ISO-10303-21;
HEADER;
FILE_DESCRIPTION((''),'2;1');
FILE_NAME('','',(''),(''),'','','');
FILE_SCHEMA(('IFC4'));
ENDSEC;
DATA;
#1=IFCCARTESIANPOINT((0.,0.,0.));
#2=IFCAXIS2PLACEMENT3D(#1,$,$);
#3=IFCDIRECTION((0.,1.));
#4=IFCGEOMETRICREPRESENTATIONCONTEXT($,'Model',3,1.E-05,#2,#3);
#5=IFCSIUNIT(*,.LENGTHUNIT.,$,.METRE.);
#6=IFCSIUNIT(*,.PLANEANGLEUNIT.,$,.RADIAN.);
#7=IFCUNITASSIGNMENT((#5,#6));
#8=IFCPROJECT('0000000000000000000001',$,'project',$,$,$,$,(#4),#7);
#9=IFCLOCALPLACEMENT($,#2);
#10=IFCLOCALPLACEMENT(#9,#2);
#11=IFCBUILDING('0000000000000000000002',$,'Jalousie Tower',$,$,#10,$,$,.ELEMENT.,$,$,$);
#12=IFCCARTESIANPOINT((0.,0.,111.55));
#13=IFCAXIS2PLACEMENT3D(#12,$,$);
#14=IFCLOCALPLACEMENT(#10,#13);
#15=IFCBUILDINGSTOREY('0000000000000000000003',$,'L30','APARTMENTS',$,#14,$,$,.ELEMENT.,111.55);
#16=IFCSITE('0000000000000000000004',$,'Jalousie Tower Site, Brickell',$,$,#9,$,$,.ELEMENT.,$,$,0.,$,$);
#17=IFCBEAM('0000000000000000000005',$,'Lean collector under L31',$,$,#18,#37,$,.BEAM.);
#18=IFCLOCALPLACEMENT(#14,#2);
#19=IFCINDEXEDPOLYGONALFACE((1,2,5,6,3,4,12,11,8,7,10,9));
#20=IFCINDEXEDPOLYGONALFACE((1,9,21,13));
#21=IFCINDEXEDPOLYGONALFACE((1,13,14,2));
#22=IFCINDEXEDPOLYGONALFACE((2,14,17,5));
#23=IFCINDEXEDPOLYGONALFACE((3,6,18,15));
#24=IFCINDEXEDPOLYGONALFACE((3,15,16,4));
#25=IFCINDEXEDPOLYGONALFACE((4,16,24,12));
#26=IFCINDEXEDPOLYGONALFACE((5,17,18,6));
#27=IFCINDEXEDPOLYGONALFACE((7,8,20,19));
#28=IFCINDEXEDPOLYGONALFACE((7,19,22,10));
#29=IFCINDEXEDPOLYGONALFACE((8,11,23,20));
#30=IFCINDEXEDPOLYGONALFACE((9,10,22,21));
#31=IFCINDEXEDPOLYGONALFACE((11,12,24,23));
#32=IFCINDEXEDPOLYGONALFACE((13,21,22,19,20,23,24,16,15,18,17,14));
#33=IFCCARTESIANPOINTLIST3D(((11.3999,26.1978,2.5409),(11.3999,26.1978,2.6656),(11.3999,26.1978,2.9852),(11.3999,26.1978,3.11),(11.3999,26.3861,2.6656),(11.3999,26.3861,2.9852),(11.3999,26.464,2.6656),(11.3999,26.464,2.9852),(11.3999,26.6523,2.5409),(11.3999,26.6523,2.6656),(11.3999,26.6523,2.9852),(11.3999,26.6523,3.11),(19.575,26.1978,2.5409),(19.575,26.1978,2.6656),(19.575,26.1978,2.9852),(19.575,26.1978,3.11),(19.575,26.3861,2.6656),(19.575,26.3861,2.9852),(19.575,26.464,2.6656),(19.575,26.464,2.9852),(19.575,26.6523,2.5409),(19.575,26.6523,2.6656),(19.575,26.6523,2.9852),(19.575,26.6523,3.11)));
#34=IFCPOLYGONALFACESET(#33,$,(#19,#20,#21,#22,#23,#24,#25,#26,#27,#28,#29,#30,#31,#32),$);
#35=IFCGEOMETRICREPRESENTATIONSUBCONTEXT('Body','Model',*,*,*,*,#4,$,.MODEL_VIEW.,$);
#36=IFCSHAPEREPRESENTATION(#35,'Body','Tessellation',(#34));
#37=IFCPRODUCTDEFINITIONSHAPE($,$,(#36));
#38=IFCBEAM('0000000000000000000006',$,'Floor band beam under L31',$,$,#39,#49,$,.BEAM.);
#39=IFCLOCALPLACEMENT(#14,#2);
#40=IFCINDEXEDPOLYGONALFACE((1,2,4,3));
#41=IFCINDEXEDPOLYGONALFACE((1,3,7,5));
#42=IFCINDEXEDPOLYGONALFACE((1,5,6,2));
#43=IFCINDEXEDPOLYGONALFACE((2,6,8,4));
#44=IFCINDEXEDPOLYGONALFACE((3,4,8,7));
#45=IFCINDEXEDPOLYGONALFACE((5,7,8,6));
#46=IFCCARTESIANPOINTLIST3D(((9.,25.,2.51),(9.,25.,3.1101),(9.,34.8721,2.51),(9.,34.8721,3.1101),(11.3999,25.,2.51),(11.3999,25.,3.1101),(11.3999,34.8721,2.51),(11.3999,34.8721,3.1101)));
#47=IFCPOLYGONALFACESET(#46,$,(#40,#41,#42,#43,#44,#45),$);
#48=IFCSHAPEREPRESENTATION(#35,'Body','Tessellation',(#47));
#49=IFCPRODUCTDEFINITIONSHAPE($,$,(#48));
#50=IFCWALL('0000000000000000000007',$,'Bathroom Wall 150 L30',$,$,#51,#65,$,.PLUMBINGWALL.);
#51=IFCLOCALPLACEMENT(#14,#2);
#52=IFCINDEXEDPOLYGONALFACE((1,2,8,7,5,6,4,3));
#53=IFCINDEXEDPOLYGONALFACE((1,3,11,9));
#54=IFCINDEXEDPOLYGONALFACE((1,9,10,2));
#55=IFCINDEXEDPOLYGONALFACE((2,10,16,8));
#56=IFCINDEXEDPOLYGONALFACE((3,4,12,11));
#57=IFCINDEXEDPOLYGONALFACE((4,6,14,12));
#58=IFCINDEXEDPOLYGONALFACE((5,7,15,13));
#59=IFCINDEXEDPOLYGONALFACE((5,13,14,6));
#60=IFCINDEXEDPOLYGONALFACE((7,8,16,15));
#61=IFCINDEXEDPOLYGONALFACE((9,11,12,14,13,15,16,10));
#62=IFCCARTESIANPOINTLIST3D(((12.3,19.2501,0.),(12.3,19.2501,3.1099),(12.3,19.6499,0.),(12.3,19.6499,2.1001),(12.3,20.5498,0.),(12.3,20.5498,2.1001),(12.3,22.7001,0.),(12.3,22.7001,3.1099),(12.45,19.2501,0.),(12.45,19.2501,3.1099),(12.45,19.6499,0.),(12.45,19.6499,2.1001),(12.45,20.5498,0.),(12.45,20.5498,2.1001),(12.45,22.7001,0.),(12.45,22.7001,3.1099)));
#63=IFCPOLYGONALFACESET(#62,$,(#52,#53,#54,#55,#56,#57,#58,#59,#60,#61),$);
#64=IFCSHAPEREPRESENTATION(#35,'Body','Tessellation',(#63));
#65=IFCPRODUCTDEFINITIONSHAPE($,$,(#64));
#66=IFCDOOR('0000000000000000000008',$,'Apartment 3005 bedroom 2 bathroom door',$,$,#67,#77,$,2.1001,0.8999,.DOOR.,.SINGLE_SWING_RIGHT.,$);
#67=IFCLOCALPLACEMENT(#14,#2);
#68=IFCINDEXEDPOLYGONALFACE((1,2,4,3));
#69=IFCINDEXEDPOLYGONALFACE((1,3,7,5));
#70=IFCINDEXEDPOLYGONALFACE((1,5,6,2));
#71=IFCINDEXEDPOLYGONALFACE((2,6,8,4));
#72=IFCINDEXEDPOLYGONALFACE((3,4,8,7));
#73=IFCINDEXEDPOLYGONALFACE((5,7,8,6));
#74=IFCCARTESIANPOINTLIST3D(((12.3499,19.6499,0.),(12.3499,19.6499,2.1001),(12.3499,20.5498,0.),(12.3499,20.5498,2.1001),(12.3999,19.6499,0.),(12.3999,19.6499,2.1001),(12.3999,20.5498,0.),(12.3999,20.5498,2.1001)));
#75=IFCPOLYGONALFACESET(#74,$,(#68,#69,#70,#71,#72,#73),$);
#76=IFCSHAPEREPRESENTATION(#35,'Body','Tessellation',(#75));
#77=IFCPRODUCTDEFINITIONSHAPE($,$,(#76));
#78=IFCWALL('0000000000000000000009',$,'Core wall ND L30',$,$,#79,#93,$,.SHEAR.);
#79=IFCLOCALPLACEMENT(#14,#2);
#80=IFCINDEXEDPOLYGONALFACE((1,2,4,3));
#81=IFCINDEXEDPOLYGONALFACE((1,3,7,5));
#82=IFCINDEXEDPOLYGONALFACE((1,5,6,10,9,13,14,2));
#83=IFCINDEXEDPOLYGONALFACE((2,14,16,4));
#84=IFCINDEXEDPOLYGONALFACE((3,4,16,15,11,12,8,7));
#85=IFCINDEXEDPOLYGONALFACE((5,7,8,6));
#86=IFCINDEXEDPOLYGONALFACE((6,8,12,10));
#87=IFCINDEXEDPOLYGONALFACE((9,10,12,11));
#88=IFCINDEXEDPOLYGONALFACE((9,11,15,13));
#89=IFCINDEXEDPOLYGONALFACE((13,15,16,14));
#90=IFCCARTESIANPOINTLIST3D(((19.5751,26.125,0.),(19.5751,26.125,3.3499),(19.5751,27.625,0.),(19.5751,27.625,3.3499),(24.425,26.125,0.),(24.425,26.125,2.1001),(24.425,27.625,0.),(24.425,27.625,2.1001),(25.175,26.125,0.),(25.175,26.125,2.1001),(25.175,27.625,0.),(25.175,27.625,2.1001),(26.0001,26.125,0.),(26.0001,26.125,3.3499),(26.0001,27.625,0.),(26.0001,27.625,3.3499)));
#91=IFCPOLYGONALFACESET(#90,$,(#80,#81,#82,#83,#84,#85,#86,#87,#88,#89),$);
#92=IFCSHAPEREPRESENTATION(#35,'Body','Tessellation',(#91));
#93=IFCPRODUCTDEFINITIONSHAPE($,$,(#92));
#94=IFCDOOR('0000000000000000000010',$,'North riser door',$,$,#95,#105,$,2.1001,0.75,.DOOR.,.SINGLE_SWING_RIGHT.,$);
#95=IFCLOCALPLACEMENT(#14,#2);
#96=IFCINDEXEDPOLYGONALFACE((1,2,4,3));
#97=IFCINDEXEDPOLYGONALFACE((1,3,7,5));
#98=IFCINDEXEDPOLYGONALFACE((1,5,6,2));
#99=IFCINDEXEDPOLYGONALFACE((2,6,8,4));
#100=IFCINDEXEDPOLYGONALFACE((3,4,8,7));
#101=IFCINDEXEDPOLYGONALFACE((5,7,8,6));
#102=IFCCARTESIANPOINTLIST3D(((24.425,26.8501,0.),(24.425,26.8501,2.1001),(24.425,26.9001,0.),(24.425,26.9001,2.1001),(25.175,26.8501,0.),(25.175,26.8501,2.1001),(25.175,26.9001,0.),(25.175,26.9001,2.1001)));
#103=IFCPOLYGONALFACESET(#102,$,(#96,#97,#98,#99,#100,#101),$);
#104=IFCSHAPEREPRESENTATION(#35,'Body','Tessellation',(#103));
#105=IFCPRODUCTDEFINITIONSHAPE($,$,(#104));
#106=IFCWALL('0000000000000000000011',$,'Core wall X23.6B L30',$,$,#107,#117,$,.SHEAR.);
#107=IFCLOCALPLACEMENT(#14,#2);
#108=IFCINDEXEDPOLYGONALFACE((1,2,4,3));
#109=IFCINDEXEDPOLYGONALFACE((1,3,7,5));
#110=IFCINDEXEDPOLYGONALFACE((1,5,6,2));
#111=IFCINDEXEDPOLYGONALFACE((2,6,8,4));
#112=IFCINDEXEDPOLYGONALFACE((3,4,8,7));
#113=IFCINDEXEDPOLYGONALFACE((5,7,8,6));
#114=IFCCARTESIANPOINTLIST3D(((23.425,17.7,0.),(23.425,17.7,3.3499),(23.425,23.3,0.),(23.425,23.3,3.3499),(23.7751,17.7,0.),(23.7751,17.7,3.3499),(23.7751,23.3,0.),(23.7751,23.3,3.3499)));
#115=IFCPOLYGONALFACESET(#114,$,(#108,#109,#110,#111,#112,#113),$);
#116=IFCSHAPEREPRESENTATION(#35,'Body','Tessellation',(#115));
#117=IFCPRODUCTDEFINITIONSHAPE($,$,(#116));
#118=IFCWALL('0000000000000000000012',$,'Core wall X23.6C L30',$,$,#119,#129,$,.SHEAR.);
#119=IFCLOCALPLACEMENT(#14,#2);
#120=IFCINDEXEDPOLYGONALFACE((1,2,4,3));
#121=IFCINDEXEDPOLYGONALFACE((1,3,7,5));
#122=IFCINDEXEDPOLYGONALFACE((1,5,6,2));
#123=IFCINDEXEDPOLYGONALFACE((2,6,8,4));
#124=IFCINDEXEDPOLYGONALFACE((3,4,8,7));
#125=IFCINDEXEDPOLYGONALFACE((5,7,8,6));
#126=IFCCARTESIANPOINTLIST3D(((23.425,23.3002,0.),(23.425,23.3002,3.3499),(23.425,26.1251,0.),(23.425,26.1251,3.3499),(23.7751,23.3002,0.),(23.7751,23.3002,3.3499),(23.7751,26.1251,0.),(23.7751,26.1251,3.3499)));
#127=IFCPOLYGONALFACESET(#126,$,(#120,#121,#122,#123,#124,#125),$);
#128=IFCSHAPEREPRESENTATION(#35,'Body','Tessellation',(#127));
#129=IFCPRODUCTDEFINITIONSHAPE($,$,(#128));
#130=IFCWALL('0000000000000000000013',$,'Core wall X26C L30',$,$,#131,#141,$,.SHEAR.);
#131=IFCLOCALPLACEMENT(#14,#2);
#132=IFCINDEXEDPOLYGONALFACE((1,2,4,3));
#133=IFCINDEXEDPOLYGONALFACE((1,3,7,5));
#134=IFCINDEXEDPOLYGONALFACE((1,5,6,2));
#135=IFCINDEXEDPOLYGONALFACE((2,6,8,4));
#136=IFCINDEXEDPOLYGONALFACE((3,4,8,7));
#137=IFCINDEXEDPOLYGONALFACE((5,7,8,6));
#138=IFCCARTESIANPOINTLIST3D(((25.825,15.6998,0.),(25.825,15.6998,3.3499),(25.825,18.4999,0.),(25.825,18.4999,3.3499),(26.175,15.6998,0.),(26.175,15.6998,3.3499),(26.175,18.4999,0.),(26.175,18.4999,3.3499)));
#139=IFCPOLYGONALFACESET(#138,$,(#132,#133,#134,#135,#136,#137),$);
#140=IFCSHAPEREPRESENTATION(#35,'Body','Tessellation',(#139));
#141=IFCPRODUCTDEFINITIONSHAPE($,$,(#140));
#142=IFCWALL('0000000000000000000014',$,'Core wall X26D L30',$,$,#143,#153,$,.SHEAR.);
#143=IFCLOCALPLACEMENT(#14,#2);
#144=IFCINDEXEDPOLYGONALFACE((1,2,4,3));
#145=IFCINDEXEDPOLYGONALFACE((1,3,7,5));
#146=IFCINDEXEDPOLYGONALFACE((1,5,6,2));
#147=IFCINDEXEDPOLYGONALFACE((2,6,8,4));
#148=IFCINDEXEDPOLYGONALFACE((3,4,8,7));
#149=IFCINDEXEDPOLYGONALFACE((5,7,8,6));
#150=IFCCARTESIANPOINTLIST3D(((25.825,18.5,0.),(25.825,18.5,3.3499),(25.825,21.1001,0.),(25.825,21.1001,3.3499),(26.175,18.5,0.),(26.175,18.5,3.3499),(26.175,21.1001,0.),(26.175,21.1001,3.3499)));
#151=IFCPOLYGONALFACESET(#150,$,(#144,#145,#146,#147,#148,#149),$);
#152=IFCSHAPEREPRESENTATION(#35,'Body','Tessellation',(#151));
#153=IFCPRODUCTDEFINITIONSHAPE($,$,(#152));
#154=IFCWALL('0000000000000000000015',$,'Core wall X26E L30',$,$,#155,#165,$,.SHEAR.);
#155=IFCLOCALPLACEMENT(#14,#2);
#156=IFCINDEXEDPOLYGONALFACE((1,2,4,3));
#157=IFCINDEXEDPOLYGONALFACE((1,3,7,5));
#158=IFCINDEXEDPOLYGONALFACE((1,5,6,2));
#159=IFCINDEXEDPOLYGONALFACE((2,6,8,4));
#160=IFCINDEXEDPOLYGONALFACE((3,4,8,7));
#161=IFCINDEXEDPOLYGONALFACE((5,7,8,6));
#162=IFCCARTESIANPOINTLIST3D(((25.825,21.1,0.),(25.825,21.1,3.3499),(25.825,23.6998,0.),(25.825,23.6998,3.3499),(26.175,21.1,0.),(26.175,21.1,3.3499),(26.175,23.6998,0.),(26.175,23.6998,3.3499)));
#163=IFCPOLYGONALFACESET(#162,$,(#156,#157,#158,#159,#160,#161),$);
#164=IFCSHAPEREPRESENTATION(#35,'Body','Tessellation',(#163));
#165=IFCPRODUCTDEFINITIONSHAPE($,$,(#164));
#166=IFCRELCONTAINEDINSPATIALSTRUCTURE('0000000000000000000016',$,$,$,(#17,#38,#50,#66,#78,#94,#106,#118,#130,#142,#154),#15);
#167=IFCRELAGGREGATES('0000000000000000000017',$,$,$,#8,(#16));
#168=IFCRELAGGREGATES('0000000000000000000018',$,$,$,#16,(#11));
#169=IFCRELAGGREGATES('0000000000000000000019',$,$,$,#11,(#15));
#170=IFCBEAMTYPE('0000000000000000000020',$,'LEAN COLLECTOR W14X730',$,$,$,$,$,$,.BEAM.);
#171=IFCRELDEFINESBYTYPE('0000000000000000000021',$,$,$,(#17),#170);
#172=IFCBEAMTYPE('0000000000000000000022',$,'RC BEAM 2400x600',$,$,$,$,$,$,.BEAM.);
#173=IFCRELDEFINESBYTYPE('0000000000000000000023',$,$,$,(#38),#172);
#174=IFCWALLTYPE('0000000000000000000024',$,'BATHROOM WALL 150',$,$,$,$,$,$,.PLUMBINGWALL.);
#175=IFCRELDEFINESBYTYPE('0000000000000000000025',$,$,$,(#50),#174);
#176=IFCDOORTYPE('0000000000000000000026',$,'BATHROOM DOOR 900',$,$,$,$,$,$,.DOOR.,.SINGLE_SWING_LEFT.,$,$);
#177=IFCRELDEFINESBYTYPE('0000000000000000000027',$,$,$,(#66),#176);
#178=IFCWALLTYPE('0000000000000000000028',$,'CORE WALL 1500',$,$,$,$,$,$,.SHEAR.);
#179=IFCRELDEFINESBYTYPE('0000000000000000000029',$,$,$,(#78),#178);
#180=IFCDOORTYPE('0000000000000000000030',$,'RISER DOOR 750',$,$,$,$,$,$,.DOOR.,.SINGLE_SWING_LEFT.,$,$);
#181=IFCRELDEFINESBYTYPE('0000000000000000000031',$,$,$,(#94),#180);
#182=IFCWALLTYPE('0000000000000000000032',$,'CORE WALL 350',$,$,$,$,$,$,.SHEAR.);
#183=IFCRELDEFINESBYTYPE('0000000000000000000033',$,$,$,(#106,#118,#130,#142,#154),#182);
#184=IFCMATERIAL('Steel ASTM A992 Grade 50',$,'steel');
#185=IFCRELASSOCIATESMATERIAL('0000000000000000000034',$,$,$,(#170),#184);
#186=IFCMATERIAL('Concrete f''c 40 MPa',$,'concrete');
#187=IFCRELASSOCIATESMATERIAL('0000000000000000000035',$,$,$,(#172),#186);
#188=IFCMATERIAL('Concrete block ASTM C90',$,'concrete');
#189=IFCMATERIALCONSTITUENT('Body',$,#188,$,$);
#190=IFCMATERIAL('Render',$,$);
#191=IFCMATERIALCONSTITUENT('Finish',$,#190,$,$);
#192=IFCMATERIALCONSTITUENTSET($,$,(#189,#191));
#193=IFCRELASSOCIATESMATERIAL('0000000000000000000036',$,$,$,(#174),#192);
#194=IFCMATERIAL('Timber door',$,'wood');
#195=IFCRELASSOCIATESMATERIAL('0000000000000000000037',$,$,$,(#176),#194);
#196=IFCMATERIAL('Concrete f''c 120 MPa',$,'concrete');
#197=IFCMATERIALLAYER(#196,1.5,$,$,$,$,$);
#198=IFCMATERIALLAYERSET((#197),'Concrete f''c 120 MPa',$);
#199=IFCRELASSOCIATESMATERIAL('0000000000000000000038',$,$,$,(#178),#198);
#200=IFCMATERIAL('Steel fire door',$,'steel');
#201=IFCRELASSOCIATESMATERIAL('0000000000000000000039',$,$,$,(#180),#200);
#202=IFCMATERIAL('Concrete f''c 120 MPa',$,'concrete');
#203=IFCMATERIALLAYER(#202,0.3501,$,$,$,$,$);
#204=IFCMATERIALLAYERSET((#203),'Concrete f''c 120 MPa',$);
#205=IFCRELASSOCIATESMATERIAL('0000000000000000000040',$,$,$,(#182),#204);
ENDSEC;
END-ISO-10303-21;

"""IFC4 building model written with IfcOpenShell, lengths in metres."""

from ifc_helpers import new_model, si_unit, direction, frame, frame_2d, origin, origin_2d, place, context, subcontext, project, spatial, rectangle, i_section, extrude, material, layer, layer_set, constituent, constituent_set, material_profile, profile_set, type_object, element, fill, save


model = new_model("IFC4")

# Units and contexts
model_context = context("Model", 3, precision=1e-05, world=origin(), true_north=direction((0.0, 1.0)))
body_context = subcontext(model_context, "Body", "Model", "MODEL_VIEW")
ifc_project = project(units=[si_unit("LENGTHUNIT", "METRE"), si_unit("PLANEANGLEUNIT", "RADIAN")], contexts=[model_context])

# Site, building, storey
site_placement = place(None, origin())
site = spatial("IfcSite", under=ifc_project, at=site_placement, Name="Jalousie Tower Site, Brickell", CompositionType="ELEMENT", RefElevation=0.0)
building_placement = place(site_placement, origin())
building = spatial("IfcBuilding", under=site, at=building_placement, Name="Jalousie Tower", CompositionType="ELEMENT")
storey_placement = place(building_placement, frame((0.0, 0.0, 111.55)))
storey = spatial("IfcBuildingStorey", under=building, at=storey_placement, Name="L30", Description="APARTMENTS", CompositionType="ELEMENT", Elevation=111.55)

# Beams
ifc_material_1 = material(Name="Steel ASTM A992 Grade 50", Category="steel")
ifc_material_profile_1 = material_profile(ifc_material_1, i_section(OverallWidth=0.4546, OverallDepth=0.5691, WebThickness=0.0779, FlangeThickness=0.1248, at=origin_2d()), Name="W14X730")
ifc_profile_set_1 = profile_set([ifc_material_profile_1], Name="Steel ASTM A992 Grade 50")
beam_type_1 = type_object("IfcBeamType", Name="LEAN COLLECTOR W14X730", PredefinedType="BEAM", material=ifc_profile_set_1)
beam_1_placement = place(storey_placement, frame((11.3999, 26.425, 2.8254), z_axis=(1.0, 0.0, 0.0), x_axis=(0.0, 1.0, 0.0)))
element("IfcBeam", 1, at=beam_1_placement, inside=storey, type_object=beam_type_1, Name="Lean collector under L31", PredefinedType="BEAM", context=body_context, shape_type="SweptSolid", body=[
    extrude(i_section(OverallWidth=0.4546, OverallDepth=0.5691, WebThickness=0.0779, FlangeThickness=0.1248, at=origin_2d()), origin(), (0.0, 0.0, 1.0), 8.175),
])
ifc_material_2 = material(Name="Concrete f'c 40 MPa", Category="concrete")
ifc_material_profile_2 = material_profile(ifc_material_2, rectangle(XDim=2.3999, YDim=0.6001, at=origin_2d()), Name="RC 2400x600")
ifc_profile_set_2 = profile_set([ifc_material_profile_2], Name="Concrete f'c 40 MPa")
beam_type_2 = type_object("IfcBeamType", Name="RC BEAM 2400x600", PredefinedType="BEAM", material=ifc_profile_set_2)
beam_2_placement = place(storey_placement, frame((10.2, 25.0, 2.8101), z_axis=(0.0, 1.0, 0.0), x_axis=(-1.0, 0.0, 0.0)))
element("IfcBeam", 2, at=beam_2_placement, inside=storey, type_object=beam_type_2, Name="Floor band beam under L31", PredefinedType="BEAM", context=body_context, shape_type="SweptSolid", body=[
    extrude(rectangle(XDim=2.3999, YDim=0.6001, at=origin_2d()), origin(), (0.0, 0.0, 1.0), 9.8721),
])

# Walls, openings, doors
ifc_material_3 = material(Name="Concrete block ASTM C90", Category="concrete")
ifc_constituent_1 = constituent(ifc_material_3, Name="Body")
ifc_material_4 = material(Name="Render")
ifc_constituent_2 = constituent(ifc_material_4, Name="Finish")
ifc_constituent_set_1 = constituent_set(constituents=[ifc_constituent_1, ifc_constituent_2])
wall_type_1 = type_object("IfcWallType", Name="BATHROOM WALL 150", PredefinedType="PLUMBINGWALL", material=ifc_constituent_set_1)
wall_1_placement = place(storey_placement, frame((12.375, 19.25, 0.0), z_axis=(0.0, 0.0, 1.0), x_axis=(0.0, 1.0, 0.0)))
wall_1 = element("IfcWall", 3, at=wall_1_placement, inside=storey, type_object=wall_type_1, Name="Bathroom Wall 150 L30", PredefinedType="PLUMBINGWALL", context=body_context, shape_type="SweptSolid", body=[
    extrude(rectangle(XDim=3.45, YDim=0.1499, at=frame_2d((1.7251, 0.0))), origin(), (0.0, 0.0, 1.0), 3.1099),
])
opening_1_placement = place(wall_1_placement, frame((0.3999, 0.0, 0.0)))
opening_1 = element("IfcOpeningElement", 4, at=opening_1_placement, cuts=wall_1, PredefinedType="OPENING", context=body_context, shape_type="SweptSolid", body=[
    extrude(rectangle(XDim=0.8999, YDim=2.1001, at=frame_2d((0.45, 1.05))), frame((0.0, 0.085, 0.0), z_axis=(0.0, -1.0, 0.0), x_axis=(1.0, 0.0, 0.0)), (0.0, 0.0, 1.0), 0.1699),
])
ifc_material_5 = material(Name="Timber door", Category="wood")
door_type_1 = type_object("IfcDoorType", Name="BATHROOM DOOR 900", OperationType="SINGLE_SWING_LEFT", PredefinedType="DOOR", material=ifc_material_5)
door_1_placement = place(opening_1_placement, frame((0.8999, 0.0, 0.0), z_axis=(0.0, 0.0, 1.0), x_axis=(-1.0, 0.0, 0.0)))
door_1 = element("IfcDoor", 5, at=door_1_placement, inside=storey, type_object=door_type_1, Name="Apartment 3005 bedroom 2 bathroom door", OperationType="SINGLE_SWING_RIGHT", OverallHeight=2.1001, OverallWidth=0.8999, PredefinedType="DOOR", context=body_context, shape_type="SweptSolid", body=[
    extrude(rectangle(XDim=0.8999, YDim=2.1001, at=frame_2d((0.45, 1.05))), frame((0.0, 0.0249, 0.0), z_axis=(0.0, -1.0, 0.0), x_axis=(1.0, 0.0, 0.0)), (0.0, 0.0, 1.0), 0.05),
])
fill(opening_1, door_1)
ifc_material_6 = material(Name="Concrete f'c 120 MPa", Category="concrete")
ifc_layer_1 = layer(ifc_material_6, 1.5)
ifc_layer_set_1 = layer_set([ifc_layer_1], Name="Concrete f'c 120 MPa")
wall_type_2 = type_object("IfcWallType", Name="CORE WALL 1500", PredefinedType="SHEAR", material=ifc_layer_set_1)
wall_2_placement = place(storey_placement, frame((26.0, 26.875, 0.0), z_axis=(0.0, 0.0, 1.0), x_axis=(-1.0, 0.0, 0.0)))
wall_2 = element("IfcWall", 6, at=wall_2_placement, inside=storey, type_object=wall_type_2, Name="Core wall ND L30", PredefinedType="SHEAR", context=body_context, shape_type="SweptSolid", body=[
    extrude(rectangle(XDim=6.425, YDim=1.5, at=frame_2d((3.2124, 0.0))), origin(), (0.0, 0.0, 1.0), 3.3499),
])
opening_2_placement = place(wall_2_placement, frame((0.825, 0.0, 0.0)))
opening_2 = element("IfcOpeningElement", 7, at=opening_2_placement, cuts=wall_2, PredefinedType="OPENING", context=body_context, shape_type="SweptSolid", body=[
    extrude(rectangle(XDim=0.75, YDim=2.1001, at=frame_2d((0.375, 1.05))), frame((0.0, 0.76, 0.0), z_axis=(0.0, -1.0, 0.0), x_axis=(1.0, 0.0, 0.0)), (0.0, 0.0, 1.0), 1.52),
])
ifc_material_7 = material(Name="Steel fire door", Category="steel")
door_type_2 = type_object("IfcDoorType", Name="RISER DOOR 750", OperationType="SINGLE_SWING_LEFT", PredefinedType="DOOR", material=ifc_material_7)
door_2_placement = place(opening_2_placement, origin())
door_2 = element("IfcDoor", 8, at=door_2_placement, inside=storey, type_object=door_type_2, Name="North riser door", OperationType="SINGLE_SWING_RIGHT", OverallHeight=2.1001, OverallWidth=0.75, PredefinedType="DOOR", context=body_context, shape_type="SweptSolid", body=[
    extrude(rectangle(XDim=0.75, YDim=2.1001, at=frame_2d((0.375, 1.05))), frame((0.0, 0.0249, 0.0), z_axis=(0.0, -1.0, 0.0), x_axis=(1.0, 0.0, 0.0)), (0.0, 0.0, 1.0), 0.05),
])
fill(opening_2, door_2)

# Walls
ifc_material_8 = material(Name="Concrete f'c 120 MPa", Category="concrete")
ifc_layer_2 = layer(ifc_material_8, 0.3501)
ifc_layer_set_2 = layer_set([ifc_layer_2], Name="Concrete f'c 120 MPa")
wall_type_3 = type_object("IfcWallType", Name="CORE WALL 350", PredefinedType="SHEAR", material=ifc_layer_set_2)
wall_3_placement = place(storey_placement, frame((23.6001, 17.7, 0.0), z_axis=(0.0, 0.0, 1.0), x_axis=(0.0, 1.0, 0.0)))
element("IfcWall", 9, at=wall_3_placement, inside=storey, type_object=wall_type_3, Name="Core wall X23.6B L30", PredefinedType="SHEAR", context=body_context, shape_type="SweptSolid", body=[
    extrude(rectangle(XDim=5.6001, YDim=0.3501, at=frame_2d((2.8, 0.0))), origin(), (0.0, 0.0, 1.0), 3.3499),
])
wall_4_placement = place(storey_placement, frame((23.6001, 23.3, 0.0), z_axis=(0.0, 0.0, 1.0), x_axis=(0.0, 1.0, 0.0)))
element("IfcWall", 10, at=wall_4_placement, inside=storey, type_object=wall_type_3, Name="Core wall X23.6C L30", PredefinedType="SHEAR", context=body_context, shape_type="SweptSolid", body=[
    extrude(rectangle(XDim=2.825, YDim=0.3501, at=frame_2d((1.4126, 0.0))), origin(), (0.0, 0.0, 1.0), 3.3499),
])
wall_5_placement = place(storey_placement, frame((26.0, 15.7, 0.0), z_axis=(0.0, 0.0, 1.0), x_axis=(0.0, 1.0, 0.0)))
element("IfcWall", 11, at=wall_5_placement, inside=storey, type_object=wall_type_3, Name="Core wall X26C L30", PredefinedType="SHEAR", context=body_context, shape_type="SweptSolid", body=[
    extrude(rectangle(XDim=2.8, YDim=0.3501, at=frame_2d((1.3999, 0.0))), origin(), (0.0, 0.0, 1.0), 3.3499),
])
wall_6_placement = place(storey_placement, frame((26.0, 18.5, 0.0), z_axis=(0.0, 0.0, 1.0), x_axis=(0.0, 1.0, 0.0)))
element("IfcWall", 12, at=wall_6_placement, inside=storey, type_object=wall_type_3, Name="Core wall X26D L30", PredefinedType="SHEAR", context=body_context, shape_type="SweptSolid", body=[
    extrude(rectangle(XDim=2.6001, YDim=0.3501, at=frame_2d((1.3, 0.0))), origin(), (0.0, 0.0, 1.0), 3.3499),
])
wall_7_placement = place(storey_placement, frame((26.0, 21.1001, 0.0), z_axis=(0.0, 0.0, 1.0), x_axis=(0.0, 1.0, 0.0)))
element("IfcWall", 13, at=wall_7_placement, inside=storey, type_object=wall_type_3, Name="Core wall X26E L30", PredefinedType="SHEAR", context=body_context, shape_type="SweptSolid", body=[
    extrude(rectangle(XDim=2.5999, YDim=0.3501, at=frame_2d((1.2998, 0.0))), origin(), (0.0, 0.0, 1.0), 3.3499),
])

save(model, "model.ifc")
